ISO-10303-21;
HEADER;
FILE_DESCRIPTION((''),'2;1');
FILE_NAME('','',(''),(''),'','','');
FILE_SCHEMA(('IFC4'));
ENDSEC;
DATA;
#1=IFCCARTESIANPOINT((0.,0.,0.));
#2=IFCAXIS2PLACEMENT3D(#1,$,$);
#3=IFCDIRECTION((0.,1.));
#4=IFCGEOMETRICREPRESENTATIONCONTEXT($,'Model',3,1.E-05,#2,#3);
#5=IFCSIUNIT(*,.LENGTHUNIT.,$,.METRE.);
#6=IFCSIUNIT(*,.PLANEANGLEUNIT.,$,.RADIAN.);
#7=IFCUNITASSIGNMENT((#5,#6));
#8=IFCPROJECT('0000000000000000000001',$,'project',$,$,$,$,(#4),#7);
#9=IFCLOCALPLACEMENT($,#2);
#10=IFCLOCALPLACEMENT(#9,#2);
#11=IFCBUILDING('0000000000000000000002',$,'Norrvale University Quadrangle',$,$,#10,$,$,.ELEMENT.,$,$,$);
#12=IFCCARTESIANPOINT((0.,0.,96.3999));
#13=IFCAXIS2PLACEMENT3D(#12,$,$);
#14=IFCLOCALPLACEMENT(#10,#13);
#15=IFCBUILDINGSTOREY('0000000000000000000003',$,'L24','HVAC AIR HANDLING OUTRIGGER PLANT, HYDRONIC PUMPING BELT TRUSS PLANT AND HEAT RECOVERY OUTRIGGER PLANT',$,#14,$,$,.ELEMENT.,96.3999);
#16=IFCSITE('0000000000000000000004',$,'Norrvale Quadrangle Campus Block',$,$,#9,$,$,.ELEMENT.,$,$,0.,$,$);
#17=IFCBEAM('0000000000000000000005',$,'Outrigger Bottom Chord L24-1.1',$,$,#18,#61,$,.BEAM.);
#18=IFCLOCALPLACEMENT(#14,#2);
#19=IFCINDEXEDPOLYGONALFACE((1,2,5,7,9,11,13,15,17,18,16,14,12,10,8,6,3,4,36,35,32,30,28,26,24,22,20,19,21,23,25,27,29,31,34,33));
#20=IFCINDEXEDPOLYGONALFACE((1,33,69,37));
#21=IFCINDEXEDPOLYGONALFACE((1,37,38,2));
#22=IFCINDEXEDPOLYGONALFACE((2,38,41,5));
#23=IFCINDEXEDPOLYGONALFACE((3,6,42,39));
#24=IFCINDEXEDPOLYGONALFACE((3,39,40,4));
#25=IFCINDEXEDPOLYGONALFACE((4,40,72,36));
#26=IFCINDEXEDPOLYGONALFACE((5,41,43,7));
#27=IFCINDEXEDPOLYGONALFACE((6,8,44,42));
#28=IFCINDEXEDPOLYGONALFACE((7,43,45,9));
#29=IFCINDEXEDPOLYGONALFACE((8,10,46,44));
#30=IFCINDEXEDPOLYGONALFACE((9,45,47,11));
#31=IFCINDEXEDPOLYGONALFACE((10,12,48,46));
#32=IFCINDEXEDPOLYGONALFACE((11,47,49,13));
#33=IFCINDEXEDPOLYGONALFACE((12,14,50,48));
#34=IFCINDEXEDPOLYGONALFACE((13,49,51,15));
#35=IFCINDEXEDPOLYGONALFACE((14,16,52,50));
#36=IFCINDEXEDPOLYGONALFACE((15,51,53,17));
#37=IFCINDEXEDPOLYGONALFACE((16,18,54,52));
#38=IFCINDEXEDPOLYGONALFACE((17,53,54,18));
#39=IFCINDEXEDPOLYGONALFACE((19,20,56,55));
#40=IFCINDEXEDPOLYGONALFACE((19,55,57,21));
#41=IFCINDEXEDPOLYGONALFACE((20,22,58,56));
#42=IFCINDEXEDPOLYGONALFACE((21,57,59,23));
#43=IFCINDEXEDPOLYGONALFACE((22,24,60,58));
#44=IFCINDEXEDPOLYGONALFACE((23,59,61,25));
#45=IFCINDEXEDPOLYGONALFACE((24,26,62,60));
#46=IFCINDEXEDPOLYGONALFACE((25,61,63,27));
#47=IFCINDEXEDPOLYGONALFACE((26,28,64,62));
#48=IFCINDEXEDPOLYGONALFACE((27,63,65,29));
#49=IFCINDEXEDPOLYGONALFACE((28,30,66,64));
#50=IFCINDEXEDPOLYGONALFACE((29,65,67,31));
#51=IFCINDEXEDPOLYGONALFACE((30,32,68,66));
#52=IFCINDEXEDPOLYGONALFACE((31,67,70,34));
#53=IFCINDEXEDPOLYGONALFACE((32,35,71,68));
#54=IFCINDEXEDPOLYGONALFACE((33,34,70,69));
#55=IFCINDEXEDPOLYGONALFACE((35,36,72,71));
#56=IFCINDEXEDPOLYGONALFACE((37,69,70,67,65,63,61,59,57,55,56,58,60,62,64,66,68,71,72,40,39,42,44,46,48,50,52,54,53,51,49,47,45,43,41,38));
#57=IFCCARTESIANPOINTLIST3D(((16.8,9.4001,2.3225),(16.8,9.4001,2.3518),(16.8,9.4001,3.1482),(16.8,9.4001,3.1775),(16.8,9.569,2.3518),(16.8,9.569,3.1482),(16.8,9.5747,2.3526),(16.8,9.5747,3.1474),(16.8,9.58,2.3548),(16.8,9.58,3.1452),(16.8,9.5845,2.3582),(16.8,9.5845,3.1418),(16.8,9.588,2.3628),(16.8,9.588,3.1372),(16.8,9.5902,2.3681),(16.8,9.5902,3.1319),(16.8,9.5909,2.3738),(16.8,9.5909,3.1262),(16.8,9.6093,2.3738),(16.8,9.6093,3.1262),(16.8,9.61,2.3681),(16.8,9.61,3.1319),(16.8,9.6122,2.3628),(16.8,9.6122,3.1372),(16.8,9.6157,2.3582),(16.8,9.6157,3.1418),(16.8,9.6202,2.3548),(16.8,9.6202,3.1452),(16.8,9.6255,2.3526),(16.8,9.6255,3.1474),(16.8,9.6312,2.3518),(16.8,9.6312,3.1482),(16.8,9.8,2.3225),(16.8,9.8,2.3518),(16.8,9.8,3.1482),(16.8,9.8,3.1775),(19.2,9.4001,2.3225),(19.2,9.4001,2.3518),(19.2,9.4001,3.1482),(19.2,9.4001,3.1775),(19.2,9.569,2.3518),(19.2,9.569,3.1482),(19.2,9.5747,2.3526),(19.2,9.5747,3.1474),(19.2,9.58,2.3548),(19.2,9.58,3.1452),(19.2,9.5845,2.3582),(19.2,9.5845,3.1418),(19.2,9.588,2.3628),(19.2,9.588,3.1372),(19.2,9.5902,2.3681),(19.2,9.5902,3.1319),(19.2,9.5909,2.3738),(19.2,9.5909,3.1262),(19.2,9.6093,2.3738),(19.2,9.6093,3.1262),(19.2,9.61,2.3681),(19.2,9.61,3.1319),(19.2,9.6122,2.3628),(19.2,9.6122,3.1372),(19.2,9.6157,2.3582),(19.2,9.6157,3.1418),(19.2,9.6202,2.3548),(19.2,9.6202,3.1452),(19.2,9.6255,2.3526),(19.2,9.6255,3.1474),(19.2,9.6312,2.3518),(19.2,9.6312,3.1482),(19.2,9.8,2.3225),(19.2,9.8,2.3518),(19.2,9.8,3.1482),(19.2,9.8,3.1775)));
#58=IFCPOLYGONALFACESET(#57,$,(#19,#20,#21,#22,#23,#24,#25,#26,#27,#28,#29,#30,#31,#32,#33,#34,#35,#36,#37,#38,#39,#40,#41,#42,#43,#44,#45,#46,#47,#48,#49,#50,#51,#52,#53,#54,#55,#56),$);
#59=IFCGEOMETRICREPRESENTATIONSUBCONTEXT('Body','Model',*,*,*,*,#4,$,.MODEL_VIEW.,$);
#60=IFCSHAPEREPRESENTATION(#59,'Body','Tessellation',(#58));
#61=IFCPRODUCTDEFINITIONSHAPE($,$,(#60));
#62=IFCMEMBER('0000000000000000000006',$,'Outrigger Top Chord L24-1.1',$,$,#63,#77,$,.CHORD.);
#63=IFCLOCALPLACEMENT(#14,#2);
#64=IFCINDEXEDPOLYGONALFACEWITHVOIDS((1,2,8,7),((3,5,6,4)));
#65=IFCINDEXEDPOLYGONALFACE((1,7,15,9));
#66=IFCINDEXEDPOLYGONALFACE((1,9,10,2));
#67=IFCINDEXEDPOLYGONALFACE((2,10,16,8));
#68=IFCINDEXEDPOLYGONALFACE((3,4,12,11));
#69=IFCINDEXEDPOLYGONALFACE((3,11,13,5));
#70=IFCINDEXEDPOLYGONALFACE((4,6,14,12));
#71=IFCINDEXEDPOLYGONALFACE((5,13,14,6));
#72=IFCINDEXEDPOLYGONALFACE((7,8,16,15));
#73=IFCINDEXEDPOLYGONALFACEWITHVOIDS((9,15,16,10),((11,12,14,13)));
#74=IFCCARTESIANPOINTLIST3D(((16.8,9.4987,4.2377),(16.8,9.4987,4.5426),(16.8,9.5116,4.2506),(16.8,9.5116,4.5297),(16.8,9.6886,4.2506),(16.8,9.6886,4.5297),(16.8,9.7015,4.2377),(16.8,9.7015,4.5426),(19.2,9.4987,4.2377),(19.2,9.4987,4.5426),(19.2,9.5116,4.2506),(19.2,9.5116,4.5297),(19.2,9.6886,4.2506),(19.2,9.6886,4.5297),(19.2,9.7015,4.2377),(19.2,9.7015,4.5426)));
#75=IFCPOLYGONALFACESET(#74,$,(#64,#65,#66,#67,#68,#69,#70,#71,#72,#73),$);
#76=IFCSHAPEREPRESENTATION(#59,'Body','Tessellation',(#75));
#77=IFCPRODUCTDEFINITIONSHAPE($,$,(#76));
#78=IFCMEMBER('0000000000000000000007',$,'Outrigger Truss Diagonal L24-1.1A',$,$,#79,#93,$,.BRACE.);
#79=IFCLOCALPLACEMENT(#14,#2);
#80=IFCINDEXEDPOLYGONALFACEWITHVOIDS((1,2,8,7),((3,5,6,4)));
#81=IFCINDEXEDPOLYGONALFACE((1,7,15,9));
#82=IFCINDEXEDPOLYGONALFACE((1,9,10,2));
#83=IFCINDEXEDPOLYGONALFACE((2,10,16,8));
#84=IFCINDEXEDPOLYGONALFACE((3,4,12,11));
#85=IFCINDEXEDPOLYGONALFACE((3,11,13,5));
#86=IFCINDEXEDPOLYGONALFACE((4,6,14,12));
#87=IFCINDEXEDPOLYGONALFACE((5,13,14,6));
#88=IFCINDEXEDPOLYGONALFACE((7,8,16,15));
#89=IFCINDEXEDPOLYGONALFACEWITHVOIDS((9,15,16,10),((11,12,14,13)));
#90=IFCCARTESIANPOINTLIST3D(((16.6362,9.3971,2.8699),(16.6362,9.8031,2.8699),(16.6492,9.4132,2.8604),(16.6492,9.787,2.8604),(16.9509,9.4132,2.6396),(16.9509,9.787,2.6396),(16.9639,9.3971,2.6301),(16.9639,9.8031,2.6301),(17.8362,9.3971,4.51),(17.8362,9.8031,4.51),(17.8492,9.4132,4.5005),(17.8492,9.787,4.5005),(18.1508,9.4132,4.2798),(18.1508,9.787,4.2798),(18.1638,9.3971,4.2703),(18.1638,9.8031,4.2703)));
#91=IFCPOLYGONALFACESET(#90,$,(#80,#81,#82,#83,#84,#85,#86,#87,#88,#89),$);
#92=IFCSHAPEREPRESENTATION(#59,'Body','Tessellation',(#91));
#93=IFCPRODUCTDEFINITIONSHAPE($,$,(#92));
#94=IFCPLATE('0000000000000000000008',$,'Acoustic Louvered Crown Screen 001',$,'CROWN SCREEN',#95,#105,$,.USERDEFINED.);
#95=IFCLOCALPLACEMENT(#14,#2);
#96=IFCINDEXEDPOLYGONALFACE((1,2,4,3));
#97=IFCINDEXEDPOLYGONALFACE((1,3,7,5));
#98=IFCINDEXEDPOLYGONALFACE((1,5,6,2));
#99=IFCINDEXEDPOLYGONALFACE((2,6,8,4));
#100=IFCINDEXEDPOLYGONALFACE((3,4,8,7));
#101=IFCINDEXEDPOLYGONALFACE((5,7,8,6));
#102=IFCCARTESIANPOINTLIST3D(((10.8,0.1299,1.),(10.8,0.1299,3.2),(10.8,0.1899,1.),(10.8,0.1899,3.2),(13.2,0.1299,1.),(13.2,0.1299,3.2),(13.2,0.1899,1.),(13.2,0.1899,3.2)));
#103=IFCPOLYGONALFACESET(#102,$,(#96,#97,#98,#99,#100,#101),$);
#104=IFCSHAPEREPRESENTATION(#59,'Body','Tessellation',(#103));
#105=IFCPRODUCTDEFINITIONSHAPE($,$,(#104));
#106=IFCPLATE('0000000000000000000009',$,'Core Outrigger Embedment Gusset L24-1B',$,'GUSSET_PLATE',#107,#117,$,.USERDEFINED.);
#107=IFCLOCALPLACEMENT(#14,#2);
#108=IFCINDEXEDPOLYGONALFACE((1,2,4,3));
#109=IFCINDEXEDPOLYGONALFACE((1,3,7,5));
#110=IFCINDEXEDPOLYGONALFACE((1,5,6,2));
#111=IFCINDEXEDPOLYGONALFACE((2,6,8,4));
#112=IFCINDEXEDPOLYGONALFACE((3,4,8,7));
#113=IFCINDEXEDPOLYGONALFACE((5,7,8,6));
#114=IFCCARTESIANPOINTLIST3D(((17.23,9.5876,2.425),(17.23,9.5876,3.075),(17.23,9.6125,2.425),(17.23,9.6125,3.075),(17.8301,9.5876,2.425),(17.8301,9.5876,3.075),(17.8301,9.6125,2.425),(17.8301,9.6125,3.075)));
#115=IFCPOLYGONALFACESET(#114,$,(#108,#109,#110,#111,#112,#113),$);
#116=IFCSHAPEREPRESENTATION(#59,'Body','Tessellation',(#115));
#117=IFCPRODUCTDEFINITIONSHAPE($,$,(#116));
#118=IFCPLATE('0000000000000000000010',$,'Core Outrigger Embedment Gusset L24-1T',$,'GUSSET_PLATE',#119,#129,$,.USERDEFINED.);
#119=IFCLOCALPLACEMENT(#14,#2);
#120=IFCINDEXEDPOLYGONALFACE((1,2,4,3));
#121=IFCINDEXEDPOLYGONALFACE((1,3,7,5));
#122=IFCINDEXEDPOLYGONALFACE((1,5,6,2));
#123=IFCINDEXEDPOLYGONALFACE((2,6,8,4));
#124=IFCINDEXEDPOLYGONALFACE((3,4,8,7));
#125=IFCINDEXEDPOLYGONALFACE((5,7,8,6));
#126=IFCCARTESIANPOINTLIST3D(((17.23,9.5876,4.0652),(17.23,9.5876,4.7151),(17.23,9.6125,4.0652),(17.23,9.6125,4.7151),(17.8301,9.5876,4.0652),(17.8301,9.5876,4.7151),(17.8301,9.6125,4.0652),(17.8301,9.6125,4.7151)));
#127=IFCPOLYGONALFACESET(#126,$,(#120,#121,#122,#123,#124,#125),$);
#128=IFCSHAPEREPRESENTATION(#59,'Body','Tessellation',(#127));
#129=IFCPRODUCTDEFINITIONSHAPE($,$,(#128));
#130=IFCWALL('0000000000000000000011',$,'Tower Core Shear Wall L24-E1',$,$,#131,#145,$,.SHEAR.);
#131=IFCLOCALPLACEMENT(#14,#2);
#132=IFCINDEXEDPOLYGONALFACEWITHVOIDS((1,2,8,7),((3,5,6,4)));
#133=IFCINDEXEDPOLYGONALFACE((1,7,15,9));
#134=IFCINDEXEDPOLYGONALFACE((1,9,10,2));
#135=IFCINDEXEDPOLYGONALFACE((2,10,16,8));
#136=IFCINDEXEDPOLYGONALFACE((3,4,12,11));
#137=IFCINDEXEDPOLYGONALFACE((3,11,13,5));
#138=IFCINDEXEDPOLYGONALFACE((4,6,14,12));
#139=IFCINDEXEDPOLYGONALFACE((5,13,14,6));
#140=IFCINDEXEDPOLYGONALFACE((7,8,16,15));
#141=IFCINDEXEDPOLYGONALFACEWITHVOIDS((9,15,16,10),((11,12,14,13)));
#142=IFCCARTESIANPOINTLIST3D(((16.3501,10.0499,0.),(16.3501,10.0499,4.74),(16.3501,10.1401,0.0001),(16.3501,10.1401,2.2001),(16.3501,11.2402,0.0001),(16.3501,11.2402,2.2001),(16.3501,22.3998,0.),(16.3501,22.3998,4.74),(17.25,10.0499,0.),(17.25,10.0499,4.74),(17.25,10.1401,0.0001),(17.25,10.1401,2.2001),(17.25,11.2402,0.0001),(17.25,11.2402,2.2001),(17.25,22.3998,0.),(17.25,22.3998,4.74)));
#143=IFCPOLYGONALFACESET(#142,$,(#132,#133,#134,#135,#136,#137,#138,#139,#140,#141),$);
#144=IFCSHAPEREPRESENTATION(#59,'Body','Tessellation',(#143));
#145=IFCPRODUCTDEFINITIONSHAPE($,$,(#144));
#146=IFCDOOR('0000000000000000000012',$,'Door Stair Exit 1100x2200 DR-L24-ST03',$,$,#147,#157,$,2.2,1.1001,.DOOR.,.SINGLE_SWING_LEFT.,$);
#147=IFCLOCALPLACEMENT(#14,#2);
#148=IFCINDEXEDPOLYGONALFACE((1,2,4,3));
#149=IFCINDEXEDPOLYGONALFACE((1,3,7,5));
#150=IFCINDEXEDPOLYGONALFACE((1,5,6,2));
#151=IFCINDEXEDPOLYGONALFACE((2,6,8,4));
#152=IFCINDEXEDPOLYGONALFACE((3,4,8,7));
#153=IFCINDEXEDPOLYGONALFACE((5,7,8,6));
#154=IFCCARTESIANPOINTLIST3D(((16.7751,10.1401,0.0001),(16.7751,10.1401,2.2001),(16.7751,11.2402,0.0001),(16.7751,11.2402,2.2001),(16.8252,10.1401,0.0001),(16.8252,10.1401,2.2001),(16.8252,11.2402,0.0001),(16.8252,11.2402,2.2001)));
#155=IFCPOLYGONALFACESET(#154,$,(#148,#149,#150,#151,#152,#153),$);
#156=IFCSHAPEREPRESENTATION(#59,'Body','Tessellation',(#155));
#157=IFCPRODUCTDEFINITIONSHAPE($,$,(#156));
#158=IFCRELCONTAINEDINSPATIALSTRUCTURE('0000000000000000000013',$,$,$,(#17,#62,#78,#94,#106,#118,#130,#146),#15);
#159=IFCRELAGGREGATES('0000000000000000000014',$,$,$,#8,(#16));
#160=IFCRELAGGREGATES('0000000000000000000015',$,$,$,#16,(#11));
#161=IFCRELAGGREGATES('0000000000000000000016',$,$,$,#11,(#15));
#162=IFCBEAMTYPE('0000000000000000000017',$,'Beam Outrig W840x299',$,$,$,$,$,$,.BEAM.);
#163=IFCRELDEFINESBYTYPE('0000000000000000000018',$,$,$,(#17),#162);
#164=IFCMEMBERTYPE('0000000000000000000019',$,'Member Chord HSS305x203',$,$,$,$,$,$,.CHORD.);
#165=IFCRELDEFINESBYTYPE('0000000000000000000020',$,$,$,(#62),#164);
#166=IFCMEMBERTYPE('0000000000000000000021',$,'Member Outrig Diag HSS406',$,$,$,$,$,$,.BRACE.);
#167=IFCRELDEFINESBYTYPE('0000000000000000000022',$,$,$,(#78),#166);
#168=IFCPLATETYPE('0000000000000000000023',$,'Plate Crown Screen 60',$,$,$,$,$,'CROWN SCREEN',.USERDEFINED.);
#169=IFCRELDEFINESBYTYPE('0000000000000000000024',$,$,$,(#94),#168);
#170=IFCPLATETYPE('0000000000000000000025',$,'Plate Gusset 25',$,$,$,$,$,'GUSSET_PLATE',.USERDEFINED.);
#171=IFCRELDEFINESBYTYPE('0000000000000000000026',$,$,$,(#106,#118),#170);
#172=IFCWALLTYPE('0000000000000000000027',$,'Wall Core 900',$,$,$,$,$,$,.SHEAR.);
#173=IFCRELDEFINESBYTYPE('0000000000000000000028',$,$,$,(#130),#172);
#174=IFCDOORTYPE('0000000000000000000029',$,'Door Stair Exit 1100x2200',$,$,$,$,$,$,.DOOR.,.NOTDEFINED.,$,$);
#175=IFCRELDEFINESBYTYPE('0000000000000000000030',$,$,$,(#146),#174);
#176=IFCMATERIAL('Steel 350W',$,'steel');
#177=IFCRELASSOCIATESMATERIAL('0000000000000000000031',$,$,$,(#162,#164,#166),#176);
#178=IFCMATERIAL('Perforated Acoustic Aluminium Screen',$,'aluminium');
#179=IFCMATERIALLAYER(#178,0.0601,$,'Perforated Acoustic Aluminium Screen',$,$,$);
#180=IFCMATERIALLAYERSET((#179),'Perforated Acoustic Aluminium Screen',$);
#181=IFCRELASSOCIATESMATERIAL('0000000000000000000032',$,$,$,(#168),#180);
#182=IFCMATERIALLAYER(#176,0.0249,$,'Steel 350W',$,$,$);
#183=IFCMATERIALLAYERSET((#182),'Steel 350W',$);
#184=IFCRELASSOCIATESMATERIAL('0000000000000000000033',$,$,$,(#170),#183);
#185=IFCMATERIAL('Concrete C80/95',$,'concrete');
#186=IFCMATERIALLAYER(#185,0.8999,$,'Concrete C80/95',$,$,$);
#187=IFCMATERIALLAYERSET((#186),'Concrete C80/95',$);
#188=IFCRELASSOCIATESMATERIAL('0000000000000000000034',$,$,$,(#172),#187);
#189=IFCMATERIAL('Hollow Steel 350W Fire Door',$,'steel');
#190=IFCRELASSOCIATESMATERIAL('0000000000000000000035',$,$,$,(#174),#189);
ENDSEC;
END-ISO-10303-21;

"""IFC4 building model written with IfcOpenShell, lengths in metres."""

from ifc_helpers import new_model, si_unit, direction, frame, frame_2d, origin, origin_2d, place, context, subcontext, project, spatial, rectangle, hollow_rectangle, i_section, extrude, material, layer, layer_set, material_profile, profile_set, type_object, element, fill, save


model = new_model("IFC4")

# Units and contexts
model_context = context("Model", 3, precision=1e-05, world=origin(), true_north=direction((0.0, 1.0)))
body_context = subcontext(model_context, "Body", "Model", "MODEL_VIEW")
ifc_project = project(units=[si_unit("LENGTHUNIT", "METRE"), si_unit("PLANEANGLEUNIT", "RADIAN")], contexts=[model_context])

# Site, building, storey
site_placement = place(None, origin())
site = spatial("IfcSite", under=ifc_project, at=site_placement, Name="Norrvale Quadrangle Campus Block", CompositionType="ELEMENT", RefElevation=0.0)
building_placement = place(site_placement, origin())
building = spatial("IfcBuilding", under=site, at=building_placement, Name="Norrvale University Quadrangle", CompositionType="ELEMENT")
storey_placement = place(building_placement, frame((0.0, 0.0, 96.3999)))
storey = spatial("IfcBuildingStorey", under=building, at=storey_placement, Name="L24", Description="HVAC AIR HANDLING OUTRIGGER PLANT, HYDRONIC PUMPING BELT TRUSS PLANT AND HEAT RECOVERY OUTRIGGER PLANT", CompositionType="ELEMENT", Elevation=96.3999)

# Shared definitions
ifc_material_1 = material(Name="Concrete C80/95", Category="concrete")

# Beam
ifc_material_2 = material(Name="Steel 350W", Category="steel")
ifc_material_profile_1 = material_profile(ifc_material_2, i_section(OverallWidth=0.3999, OverallDepth=0.855, WebThickness=0.0183, FlangeThickness=0.0293, FilletRadius=0.022, at=origin_2d()), Name="Steel 350W")
ifc_profile_set_1 = profile_set([ifc_material_profile_1], Name="Steel 350W")
beam_type_1 = type_object("IfcBeamType", Name="Beam Outrig W840x299", PredefinedType="BEAM", material=ifc_profile_set_1)
beam_1_placement = place(storey_placement, frame((16.8, 9.6001, 2.75), z_axis=(1.0, 0.0, 0.0), x_axis=(0.0, 1.0, 0.0)))
element("IfcBeam", 1, at=beam_1_placement, inside=storey, type_object=beam_type_1, Name="Outrigger Bottom Chord L24-1.1", PredefinedType="BEAM", context=body_context, shape_type="SweptSolid", body=[
    extrude(i_section(OverallWidth=0.3999, OverallDepth=0.855, WebThickness=0.0183, FlangeThickness=0.0293, FilletRadius=0.022, at=origin_2d()), origin(), (0.0, 0.0, 1.0), 2.3999),
])

# Members
ifc_material_profile_2 = material_profile(ifc_material_2, hollow_rectangle(XDim=0.2029, YDim=0.3049, WallThickness=0.0129, at=origin_2d()), Name="Steel 350W")
ifc_profile_set_2 = profile_set([ifc_material_profile_2], Name="Steel 350W")
member_type_1 = type_object("IfcMemberType", Name="Member Chord HSS305x203", PredefinedType="CHORD", material=ifc_profile_set_2)
member_1_placement = place(storey_placement, frame((16.8, 9.6001, 4.3901), z_axis=(1.0, 0.0, 0.0), x_axis=(0.0, 1.0, 0.0)))
element("IfcMember", 2, at=member_1_placement, inside=storey, type_object=member_type_1, Name="Outrigger Top Chord L24-1.1", PredefinedType="CHORD", context=body_context, shape_type="SweptSolid", body=[
    extrude(hollow_rectangle(XDim=0.2029, YDim=0.3049, WallThickness=0.0129, at=origin_2d()), origin(), (0.0, 0.0, 1.0), 2.3999),
])
ifc_material_profile_3 = material_profile(ifc_material_2, hollow_rectangle(XDim=0.406, YDim=0.406, WallThickness=0.0161, at=origin_2d()), Name="Steel 350W")
ifc_profile_set_3 = profile_set([ifc_material_profile_3], Name="Steel 350W")
member_type_2 = type_object("IfcMemberType", Name="Member Outrig Diag HSS406", PredefinedType="BRACE", material=ifc_profile_set_3)
member_2_placement = place(storey_placement, frame((16.8, 9.6001, 2.75), z_axis=(0.590462, 0.0, 0.807065), x_axis=(0.0, 1.0, 0.0)))
element("IfcMember", 3, at=member_2_placement, inside=storey, type_object=member_type_2, Name="Outrigger Truss Diagonal L24-1.1A", PredefinedType="BRACE", context=body_context, shape_type="SweptSolid", body=[
    extrude(hollow_rectangle(XDim=0.406, YDim=0.406, WallThickness=0.0161, at=origin_2d()), origin(), (0.0, 0.0, 1.0), 2.0322),
])

# Plates
ifc_material_3 = material(Name="Perforated Acoustic Aluminium Screen", Category="aluminium")
ifc_layer_1 = layer(ifc_material_3, 0.0601, Name="Perforated Acoustic Aluminium Screen")
ifc_layer_set_1 = layer_set([ifc_layer_1], Name="Perforated Acoustic Aluminium Screen")
plate_type_1 = type_object("IfcPlateType", Name="Plate Crown Screen 60", ElementType="CROWN SCREEN", PredefinedType="USERDEFINED", material=ifc_layer_set_1)
plate_placement = place(storey_placement, frame((12.0, 0.1599, 1.0), z_axis=(0.0, 0.0, 1.0), x_axis=(1.0, 0.0, 0.0)))
element("IfcPlate", 4, at=plate_placement, inside=storey, type_object=plate_type_1, Name="Acoustic Louvered Crown Screen 001", ObjectType="CROWN SCREEN", PredefinedType="USERDEFINED", context=body_context, shape_type="SweptSolid", body=[
    extrude(rectangle(XDim=2.3999, YDim=0.0601, at=origin_2d()), origin(), (0.0, 0.0, 1.0), 2.2),
])
ifc_layer_2 = layer(ifc_material_2, 0.0249, Name="Steel 350W")
ifc_layer_set_2 = layer_set([ifc_layer_2], Name="Steel 350W")
plate_type_2 = type_object("IfcPlateType", Name="Plate Gusset 25", ElementType="GUSSET_PLATE", PredefinedType="USERDEFINED", material=ifc_layer_set_2)
for number, where, z_axis, x_axis, name in (
    (5, (17.53, 9.6001, 2.425), (0.0, 0.0, 1.0), (1.0, 0.0, 0.0), "Core Outrigger Embedment Gusset L24-1B"),
    (6, (17.53, 9.6001, 4.0652), (0.0, 0.0, 1.0), (1.0, 0.0, 0.0), "Core Outrigger Embedment Gusset L24-1T"),
):
    element("IfcPlate", number, at=place(storey_placement, frame(where, z_axis=z_axis, x_axis=x_axis)), inside=storey, type_object=plate_type_2, Name=name, ObjectType="GUSSET_PLATE", PredefinedType="USERDEFINED", context=body_context, shape_type="SweptSolid", body=[
        extrude(rectangle(XDim=0.6001, YDim=0.0249, at=origin_2d()), origin(), (0.0, 0.0, 1.0), 0.6499),
    ])

# Wall, opening, door
ifc_layer_3 = layer(ifc_material_1, 0.8999, Name="Concrete C80/95")
ifc_layer_set_3 = layer_set([ifc_layer_3], Name="Concrete C80/95")
wall_type_1 = type_object("IfcWallType", Name="Wall Core 900", PredefinedType="SHEAR", material=ifc_layer_set_3)
wall_1_placement = place(storey_placement, frame((16.8, 10.05, 0.0), z_axis=(0.0, 0.0, 1.0), x_axis=(0.0, 1.0, 0.0)))
wall_1 = element("IfcWall", 7, at=wall_1_placement, inside=storey, type_object=wall_type_1, Name="Tower Core Shear Wall L24-E1", PredefinedType="SHEAR", context=body_context, shape_type="SweptSolid", body=[
    extrude(rectangle(XDim=12.3499, YDim=0.8999, at=frame_2d((6.1748, 0.0))), origin(), (0.0, 0.0, 1.0), 4.74),
])
opening_1_placement = place(wall_1_placement, frame((0.0901, 0.0, 0.0)))
opening_1 = element("IfcOpeningElement", 8, at=opening_1_placement, cuts=wall_1, PredefinedType="OPENING", context=body_context, shape_type="SweptSolid", body=[
    extrude(rectangle(XDim=1.1001, YDim=2.2, at=frame_2d((0.55, 1.1001))), frame((0.0, 0.4619, 0.0), z_axis=(0.0, -1.0, 0.0), x_axis=(1.0, 0.0, 0.0)), (0.0, 0.0, 1.0), 0.9238),
])
ifc_material_4 = material(Name="Hollow Steel 350W Fire Door", Category="steel")
door_type_1 = type_object("IfcDoorType", Name="Door Stair Exit 1100x2200", OperationType="NOTDEFINED", PredefinedType="DOOR", material=ifc_material_4)
door_1_placement = place(opening_1_placement, origin())
door_1 = element("IfcDoor", 9, at=door_1_placement, inside=storey, type_object=door_type_1, Name="Door Stair Exit 1100x2200 DR-L24-ST03", OperationType="SINGLE_SWING_LEFT", OverallHeight=2.2, OverallWidth=1.1001, PredefinedType="DOOR", context=body_context, shape_type="SweptSolid", body=[
    extrude(rectangle(XDim=1.1001, YDim=2.2, at=frame_2d((0.55, 1.1001))), frame((0.0, 0.0249, 0.0), z_axis=(0.0, -1.0, 0.0), x_axis=(1.0, 0.0, 0.0)), (0.0, 0.0, 1.0), 0.05),
])
fill(opening_1, door_1)

save(model, "model.ifc")
